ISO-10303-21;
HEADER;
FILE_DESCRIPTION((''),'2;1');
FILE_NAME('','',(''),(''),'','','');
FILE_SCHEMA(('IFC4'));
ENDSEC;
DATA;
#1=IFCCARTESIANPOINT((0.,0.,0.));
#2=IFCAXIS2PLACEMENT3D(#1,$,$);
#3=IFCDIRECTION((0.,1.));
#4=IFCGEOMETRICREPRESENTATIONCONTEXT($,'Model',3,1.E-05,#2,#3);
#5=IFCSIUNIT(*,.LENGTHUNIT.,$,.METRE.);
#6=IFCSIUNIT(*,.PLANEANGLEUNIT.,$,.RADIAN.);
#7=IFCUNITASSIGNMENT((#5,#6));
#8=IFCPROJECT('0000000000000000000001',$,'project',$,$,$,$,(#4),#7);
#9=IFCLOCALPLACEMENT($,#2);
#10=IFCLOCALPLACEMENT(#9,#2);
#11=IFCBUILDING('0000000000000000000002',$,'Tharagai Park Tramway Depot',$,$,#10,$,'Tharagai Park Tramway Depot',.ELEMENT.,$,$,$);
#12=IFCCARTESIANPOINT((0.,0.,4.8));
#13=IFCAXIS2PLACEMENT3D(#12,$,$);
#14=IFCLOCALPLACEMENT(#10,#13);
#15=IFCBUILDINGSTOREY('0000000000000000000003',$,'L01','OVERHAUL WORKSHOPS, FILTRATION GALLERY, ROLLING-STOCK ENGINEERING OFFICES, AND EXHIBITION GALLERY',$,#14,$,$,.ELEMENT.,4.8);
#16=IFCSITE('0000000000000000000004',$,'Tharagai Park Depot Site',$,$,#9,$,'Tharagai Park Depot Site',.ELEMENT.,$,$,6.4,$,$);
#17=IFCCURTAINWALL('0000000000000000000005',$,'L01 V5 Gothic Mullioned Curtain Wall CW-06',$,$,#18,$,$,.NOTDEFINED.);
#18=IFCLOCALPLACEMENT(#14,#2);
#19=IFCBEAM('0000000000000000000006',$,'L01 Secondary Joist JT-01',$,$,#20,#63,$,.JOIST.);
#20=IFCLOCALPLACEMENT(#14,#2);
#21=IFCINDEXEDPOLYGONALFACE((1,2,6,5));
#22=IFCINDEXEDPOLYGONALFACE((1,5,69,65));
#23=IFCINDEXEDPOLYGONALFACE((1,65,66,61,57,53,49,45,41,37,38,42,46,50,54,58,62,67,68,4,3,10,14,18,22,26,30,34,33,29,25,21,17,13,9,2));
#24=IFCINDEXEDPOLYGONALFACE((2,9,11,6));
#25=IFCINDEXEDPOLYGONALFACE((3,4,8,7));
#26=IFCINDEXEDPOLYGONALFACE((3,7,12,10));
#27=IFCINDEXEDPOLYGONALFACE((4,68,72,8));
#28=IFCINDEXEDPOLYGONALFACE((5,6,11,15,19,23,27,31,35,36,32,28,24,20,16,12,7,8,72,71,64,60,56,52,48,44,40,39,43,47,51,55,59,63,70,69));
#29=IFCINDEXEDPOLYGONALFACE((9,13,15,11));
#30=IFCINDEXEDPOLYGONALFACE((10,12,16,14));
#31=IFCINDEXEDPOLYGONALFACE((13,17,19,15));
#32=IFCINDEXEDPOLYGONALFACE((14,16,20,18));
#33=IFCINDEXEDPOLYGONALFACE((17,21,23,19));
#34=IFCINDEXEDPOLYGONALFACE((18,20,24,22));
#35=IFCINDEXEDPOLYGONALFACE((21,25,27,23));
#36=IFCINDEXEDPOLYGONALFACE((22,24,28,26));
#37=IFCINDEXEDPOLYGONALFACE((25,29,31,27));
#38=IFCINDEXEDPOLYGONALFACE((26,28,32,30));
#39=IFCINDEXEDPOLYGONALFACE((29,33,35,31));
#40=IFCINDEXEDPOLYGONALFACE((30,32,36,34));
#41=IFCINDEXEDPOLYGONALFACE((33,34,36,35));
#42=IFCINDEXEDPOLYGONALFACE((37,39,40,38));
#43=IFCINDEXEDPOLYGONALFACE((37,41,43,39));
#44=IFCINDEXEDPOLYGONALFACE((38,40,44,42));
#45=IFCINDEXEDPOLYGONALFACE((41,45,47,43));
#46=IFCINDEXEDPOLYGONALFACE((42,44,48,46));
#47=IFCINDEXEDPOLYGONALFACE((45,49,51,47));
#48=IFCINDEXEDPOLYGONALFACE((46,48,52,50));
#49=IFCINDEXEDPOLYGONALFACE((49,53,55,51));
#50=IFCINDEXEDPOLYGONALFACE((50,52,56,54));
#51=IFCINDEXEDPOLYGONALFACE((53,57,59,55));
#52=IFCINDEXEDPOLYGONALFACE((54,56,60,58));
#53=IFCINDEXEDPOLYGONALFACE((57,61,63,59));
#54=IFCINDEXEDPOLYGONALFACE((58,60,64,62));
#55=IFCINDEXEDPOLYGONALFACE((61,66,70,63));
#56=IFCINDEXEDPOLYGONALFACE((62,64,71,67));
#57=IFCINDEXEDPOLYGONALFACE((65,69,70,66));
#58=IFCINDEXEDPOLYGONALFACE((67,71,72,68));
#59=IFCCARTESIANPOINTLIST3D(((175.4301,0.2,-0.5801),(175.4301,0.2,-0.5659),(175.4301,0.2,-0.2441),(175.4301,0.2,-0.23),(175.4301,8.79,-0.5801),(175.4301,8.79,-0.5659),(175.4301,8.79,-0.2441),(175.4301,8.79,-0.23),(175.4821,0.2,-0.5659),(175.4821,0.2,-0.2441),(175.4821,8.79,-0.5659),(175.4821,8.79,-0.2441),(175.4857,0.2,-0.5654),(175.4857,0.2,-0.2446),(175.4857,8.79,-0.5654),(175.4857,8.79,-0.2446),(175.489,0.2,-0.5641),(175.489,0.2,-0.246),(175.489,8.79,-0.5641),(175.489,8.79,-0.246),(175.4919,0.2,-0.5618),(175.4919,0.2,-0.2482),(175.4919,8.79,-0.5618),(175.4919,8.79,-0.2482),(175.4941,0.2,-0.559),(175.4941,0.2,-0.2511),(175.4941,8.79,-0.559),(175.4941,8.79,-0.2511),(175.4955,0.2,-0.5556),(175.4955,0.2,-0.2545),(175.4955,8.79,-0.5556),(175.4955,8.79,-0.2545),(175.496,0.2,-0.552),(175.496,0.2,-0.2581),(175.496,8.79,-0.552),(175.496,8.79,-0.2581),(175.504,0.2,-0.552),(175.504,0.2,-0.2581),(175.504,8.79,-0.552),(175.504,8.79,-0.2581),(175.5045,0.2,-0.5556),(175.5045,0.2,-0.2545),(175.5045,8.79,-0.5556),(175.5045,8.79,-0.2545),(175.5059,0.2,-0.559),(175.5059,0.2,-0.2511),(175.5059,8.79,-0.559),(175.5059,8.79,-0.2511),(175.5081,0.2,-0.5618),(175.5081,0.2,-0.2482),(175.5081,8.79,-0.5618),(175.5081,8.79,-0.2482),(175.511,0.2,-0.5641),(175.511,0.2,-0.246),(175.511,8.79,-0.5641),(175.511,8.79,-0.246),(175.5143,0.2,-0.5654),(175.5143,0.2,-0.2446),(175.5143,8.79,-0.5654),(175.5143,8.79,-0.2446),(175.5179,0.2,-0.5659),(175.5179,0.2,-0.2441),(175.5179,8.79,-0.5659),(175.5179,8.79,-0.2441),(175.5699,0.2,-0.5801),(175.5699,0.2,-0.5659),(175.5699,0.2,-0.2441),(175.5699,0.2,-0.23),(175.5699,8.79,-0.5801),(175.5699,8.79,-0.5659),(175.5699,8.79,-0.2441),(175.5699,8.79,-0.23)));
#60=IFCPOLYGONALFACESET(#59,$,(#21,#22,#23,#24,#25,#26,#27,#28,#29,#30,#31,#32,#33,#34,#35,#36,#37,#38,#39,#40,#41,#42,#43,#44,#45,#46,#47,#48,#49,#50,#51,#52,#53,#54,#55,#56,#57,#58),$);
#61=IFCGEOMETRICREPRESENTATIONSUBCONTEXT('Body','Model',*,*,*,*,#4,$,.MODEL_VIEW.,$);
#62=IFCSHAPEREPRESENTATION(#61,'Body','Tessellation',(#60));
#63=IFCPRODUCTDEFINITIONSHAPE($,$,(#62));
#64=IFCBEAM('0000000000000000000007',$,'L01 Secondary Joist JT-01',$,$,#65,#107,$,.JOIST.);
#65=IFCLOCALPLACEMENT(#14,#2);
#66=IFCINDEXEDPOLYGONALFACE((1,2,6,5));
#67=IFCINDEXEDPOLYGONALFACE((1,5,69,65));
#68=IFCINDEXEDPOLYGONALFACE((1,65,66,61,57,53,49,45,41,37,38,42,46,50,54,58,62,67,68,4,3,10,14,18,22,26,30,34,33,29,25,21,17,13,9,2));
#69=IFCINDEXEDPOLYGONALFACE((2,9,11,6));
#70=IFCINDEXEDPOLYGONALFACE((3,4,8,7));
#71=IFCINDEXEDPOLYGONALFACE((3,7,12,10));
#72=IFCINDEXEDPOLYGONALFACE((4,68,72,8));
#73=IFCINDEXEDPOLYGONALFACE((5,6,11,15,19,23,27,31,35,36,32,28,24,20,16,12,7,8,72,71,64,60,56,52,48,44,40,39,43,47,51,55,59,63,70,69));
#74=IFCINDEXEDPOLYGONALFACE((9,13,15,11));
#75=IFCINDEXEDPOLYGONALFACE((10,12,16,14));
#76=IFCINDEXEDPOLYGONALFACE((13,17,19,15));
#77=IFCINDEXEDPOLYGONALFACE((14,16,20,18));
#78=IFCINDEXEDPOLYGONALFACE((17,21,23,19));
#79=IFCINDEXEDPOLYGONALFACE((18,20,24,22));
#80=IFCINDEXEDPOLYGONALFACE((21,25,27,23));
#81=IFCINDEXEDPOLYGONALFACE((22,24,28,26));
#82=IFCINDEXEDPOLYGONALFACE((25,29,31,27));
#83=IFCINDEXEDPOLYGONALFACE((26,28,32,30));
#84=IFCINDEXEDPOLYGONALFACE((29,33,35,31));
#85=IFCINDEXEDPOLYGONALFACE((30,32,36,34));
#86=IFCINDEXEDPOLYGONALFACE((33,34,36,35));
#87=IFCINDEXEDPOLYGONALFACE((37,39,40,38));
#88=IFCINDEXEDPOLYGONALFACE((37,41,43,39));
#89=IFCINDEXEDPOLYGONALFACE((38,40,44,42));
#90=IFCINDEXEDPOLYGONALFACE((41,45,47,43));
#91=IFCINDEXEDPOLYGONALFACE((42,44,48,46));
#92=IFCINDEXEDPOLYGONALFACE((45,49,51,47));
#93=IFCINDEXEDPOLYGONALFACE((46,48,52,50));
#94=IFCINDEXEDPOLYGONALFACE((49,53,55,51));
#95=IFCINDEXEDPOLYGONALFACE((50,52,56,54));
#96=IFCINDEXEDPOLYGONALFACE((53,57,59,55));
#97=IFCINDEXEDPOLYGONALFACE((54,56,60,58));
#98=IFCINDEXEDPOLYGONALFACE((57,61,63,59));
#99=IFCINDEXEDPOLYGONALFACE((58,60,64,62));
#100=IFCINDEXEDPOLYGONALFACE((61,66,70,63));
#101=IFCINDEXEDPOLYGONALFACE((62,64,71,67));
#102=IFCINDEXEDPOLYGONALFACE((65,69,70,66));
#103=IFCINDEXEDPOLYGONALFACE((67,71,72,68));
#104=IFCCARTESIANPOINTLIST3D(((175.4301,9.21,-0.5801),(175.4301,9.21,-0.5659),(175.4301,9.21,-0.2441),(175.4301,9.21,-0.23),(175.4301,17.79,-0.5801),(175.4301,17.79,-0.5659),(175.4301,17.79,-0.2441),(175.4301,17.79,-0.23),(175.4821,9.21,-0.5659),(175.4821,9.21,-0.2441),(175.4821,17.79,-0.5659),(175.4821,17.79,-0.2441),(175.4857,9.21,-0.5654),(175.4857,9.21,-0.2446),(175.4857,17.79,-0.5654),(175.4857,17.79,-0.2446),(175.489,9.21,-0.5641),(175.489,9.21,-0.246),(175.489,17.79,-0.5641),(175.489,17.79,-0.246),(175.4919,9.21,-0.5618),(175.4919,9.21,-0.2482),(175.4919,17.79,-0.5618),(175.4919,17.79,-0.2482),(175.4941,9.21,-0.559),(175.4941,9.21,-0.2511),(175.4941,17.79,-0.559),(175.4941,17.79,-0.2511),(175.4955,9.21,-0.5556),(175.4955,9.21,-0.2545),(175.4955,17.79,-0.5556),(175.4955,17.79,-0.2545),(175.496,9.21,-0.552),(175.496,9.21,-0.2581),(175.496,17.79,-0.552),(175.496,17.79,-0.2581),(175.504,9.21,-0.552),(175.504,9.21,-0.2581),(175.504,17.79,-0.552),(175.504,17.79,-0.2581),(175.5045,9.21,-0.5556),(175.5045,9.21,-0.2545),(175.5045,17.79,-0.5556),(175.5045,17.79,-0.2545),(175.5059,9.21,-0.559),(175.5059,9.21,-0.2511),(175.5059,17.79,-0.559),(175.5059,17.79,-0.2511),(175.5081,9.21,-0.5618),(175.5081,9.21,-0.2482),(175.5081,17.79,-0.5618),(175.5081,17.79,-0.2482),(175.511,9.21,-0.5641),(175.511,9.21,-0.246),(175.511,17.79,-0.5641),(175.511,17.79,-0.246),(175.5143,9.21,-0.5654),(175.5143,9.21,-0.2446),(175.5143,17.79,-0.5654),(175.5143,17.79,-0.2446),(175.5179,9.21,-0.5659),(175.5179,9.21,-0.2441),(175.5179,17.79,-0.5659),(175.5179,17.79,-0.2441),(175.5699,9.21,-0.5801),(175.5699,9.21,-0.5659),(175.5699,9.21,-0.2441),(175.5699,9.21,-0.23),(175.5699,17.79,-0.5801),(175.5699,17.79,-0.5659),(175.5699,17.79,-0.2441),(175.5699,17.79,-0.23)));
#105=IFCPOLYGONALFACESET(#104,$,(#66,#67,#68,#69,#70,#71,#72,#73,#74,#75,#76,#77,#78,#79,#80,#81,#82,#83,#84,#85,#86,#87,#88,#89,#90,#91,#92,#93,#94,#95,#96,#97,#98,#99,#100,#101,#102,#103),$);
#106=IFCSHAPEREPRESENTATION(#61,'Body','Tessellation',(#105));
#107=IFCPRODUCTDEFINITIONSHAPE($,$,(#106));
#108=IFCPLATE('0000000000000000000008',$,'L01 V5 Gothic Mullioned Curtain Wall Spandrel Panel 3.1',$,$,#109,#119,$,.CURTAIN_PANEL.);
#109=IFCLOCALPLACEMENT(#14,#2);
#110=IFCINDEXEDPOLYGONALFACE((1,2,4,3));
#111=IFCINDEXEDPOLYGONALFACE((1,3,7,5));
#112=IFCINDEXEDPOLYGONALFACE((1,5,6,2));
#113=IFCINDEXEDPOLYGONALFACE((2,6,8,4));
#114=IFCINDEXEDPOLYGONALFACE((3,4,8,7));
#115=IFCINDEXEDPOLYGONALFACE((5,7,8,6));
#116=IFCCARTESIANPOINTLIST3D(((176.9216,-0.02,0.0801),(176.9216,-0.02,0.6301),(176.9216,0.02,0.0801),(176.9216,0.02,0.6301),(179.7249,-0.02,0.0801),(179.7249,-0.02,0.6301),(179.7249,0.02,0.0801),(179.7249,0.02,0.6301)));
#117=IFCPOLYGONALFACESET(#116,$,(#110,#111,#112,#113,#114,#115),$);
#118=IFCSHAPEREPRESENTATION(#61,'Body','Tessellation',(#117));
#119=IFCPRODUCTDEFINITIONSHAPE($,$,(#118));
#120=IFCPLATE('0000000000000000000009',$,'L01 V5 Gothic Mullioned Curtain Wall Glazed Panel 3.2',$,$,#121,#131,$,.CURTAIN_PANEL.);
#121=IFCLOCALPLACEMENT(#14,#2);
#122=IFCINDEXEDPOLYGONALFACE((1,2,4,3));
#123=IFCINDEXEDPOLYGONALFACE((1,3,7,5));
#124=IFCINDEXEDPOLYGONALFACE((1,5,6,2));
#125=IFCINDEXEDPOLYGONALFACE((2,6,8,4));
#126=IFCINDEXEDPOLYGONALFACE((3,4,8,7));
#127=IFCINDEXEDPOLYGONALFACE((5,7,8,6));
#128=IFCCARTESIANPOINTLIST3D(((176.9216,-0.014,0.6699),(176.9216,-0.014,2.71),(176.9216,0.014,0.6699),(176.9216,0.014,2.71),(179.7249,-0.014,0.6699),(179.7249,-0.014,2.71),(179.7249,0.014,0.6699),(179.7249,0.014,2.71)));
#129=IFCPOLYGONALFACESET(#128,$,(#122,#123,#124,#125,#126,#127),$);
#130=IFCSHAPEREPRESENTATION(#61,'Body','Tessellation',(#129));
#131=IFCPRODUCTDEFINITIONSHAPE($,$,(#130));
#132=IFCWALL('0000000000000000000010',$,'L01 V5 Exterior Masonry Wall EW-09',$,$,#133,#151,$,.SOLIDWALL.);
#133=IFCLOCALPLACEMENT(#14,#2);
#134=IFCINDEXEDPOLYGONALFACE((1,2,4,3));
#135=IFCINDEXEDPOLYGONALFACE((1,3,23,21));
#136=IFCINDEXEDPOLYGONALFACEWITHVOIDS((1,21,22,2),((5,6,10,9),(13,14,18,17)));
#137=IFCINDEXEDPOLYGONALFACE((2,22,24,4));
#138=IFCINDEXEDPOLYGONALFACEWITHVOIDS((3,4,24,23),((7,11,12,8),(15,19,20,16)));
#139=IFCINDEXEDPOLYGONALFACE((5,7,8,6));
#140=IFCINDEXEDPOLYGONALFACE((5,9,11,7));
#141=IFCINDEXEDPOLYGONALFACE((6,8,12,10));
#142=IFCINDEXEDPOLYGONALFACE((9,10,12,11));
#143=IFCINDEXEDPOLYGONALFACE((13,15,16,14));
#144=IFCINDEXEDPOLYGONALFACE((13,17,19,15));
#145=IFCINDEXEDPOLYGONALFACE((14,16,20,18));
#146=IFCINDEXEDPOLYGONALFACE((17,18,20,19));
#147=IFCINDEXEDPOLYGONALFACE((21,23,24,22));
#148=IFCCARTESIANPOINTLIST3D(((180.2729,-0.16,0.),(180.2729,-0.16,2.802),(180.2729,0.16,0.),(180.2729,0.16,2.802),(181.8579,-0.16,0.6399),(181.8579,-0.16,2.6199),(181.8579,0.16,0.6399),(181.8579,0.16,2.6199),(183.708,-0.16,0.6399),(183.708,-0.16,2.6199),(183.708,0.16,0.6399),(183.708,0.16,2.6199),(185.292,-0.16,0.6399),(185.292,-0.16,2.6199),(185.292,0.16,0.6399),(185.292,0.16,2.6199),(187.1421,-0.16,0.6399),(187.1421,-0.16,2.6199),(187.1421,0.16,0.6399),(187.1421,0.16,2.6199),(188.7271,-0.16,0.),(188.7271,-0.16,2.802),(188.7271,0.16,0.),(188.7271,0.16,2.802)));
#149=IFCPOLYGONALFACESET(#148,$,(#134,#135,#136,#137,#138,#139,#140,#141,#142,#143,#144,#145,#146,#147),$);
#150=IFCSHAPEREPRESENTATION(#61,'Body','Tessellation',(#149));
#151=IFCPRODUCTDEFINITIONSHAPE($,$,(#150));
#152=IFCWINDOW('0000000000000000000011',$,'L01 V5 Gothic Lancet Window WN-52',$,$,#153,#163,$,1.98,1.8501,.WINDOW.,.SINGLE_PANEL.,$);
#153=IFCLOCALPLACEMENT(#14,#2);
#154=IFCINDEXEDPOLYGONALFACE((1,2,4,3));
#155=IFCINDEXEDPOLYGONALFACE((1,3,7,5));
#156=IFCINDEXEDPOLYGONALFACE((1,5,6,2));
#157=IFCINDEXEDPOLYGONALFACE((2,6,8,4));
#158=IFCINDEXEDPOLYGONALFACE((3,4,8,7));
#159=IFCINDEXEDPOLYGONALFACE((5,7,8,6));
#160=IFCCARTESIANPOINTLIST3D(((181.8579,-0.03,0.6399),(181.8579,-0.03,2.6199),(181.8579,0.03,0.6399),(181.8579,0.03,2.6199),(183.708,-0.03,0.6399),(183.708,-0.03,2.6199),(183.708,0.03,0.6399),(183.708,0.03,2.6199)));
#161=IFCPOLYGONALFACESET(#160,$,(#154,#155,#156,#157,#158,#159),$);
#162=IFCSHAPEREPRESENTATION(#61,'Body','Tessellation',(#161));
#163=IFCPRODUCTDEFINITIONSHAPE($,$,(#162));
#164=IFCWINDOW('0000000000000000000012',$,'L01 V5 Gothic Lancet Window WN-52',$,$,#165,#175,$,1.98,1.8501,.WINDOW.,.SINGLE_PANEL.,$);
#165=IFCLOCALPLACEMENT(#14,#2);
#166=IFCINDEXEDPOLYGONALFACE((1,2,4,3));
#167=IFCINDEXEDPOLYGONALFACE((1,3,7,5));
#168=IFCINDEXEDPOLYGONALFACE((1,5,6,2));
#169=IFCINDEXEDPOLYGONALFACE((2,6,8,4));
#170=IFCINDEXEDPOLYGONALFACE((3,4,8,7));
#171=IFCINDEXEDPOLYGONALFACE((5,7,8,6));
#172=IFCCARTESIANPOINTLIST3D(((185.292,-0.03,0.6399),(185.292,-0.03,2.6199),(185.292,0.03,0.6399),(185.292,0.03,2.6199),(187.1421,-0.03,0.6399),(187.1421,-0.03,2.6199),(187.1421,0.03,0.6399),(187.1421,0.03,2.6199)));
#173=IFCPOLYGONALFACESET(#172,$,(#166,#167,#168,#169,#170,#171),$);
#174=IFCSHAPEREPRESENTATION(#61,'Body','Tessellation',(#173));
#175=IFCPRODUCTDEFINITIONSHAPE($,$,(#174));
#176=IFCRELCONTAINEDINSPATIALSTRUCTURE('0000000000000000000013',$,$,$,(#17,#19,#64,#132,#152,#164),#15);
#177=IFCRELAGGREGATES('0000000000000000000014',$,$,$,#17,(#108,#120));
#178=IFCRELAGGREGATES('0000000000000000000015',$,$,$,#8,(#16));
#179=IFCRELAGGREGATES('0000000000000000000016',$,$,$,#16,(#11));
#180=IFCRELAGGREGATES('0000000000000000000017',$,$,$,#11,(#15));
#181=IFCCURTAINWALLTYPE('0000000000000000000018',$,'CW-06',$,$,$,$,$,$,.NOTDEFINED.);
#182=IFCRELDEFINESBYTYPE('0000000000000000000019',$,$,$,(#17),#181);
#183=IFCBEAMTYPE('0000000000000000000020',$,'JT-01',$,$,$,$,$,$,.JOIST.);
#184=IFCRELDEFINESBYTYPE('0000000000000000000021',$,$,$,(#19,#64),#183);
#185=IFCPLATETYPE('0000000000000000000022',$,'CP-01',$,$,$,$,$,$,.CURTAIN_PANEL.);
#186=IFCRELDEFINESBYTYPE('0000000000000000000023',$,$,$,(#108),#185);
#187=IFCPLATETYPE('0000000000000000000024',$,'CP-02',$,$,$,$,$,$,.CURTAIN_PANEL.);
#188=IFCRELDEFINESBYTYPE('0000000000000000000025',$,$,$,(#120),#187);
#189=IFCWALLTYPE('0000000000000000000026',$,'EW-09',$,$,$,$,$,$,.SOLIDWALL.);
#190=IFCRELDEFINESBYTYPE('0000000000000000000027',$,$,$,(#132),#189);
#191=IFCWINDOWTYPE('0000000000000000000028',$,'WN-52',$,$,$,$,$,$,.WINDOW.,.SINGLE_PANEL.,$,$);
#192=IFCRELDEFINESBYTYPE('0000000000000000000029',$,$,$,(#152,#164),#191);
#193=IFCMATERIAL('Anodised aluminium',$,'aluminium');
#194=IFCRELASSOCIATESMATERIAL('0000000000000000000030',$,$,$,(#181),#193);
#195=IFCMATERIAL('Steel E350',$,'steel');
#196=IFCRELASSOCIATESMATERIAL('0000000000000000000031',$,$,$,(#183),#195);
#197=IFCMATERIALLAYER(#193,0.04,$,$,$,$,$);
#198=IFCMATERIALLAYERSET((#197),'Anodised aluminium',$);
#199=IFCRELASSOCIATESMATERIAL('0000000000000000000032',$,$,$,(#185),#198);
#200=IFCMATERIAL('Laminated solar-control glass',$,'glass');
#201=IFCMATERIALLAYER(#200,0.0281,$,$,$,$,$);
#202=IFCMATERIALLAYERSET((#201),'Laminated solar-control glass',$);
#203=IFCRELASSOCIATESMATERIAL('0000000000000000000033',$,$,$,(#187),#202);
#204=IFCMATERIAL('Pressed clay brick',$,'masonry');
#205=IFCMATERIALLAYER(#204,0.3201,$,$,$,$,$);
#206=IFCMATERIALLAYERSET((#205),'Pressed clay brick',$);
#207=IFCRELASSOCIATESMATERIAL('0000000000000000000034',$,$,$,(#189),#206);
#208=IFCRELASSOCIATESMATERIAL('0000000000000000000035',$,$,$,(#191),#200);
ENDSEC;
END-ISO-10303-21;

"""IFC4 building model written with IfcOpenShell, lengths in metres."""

from ifc_helpers import new_model, si_unit, direction, frame, frame_2d, origin, origin_2d, place, context, subcontext, project, spatial, rectangle, i_section, extrude, material, layer, layer_set, material_profile, profile_set, type_object, element, fill, aggregate, save


model = new_model("IFC4")

# Units and contexts
model_context = context("Model", 3, precision=1e-05, world=origin(), true_north=direction((0.0, 1.0)))
body_context = subcontext(model_context, "Body", "Model", "MODEL_VIEW")
ifc_project = project(units=[si_unit("LENGTHUNIT", "METRE"), si_unit("PLANEANGLEUNIT", "RADIAN")], contexts=[model_context])

# Site, building, storey
site_placement = place(None, origin())
site = spatial("IfcSite", under=ifc_project, at=site_placement, Name="Tharagai Park Depot Site", LongName="Tharagai Park Depot Site", CompositionType="ELEMENT", RefElevation=6.4)
building_placement = place(site_placement, origin())
building = spatial("IfcBuilding", under=site, at=building_placement, Name="Tharagai Park Tramway Depot", LongName="Tharagai Park Tramway Depot", CompositionType="ELEMENT")
storey_placement = place(building_placement, frame((0.0, 0.0, 4.8)))
storey = spatial("IfcBuildingStorey", under=building, at=storey_placement, Name="L01", Description="OVERHAUL WORKSHOPS, FILTRATION GALLERY, ROLLING-STOCK ENGINEERING OFFICES, AND EXHIBITION GALLERY", CompositionType="ELEMENT", Elevation=4.8)

# Curtain wall
ifc_material_1 = material(Name="Anodised aluminium", Category="aluminium")
curtain_wall_type = type_object("IfcCurtainWallType", Name="CW-06", PredefinedType="NOTDEFINED", material=ifc_material_1)
curtain_wall_placement = place(storey_placement, origin())
curtain_wall = element("IfcCurtainWall", 1, at=curtain_wall_placement, inside=storey, type_object=curtain_wall_type, Name="L01 V5 Gothic Mullioned Curtain Wall CW-06", PredefinedType="NOTDEFINED")

# Beams
ifc_material_2 = material(Name="Steel E350", Category="steel")
ifc_material_profile_1 = material_profile(ifc_material_2, i_section(OverallWidth=0.1399, OverallDepth=0.3501, WebThickness=0.0081, FlangeThickness=0.0142, FilletRadius=0.0139, at=origin_2d()), Name="ISMB 350")
ifc_profile_set_1 = profile_set([ifc_material_profile_1], Name="Steel E350")
beam_type_1 = type_object("IfcBeamType", Name="JT-01", PredefinedType="JOIST", material=ifc_profile_set_1)
beam_1_placement = place(storey_placement, frame((175.5, 0.2, -0.405), z_axis=(0.0, 1.0, 0.0), x_axis=(-1.0, 0.0, 0.0)))
element("IfcBeam", 2, at=beam_1_placement, inside=storey, type_object=beam_type_1, Name="L01 Secondary Joist JT-01", PredefinedType="JOIST", context=body_context, shape_type="SweptSolid", body=[
    extrude(i_section(OverallWidth=0.1399, OverallDepth=0.3501, WebThickness=0.0081, FlangeThickness=0.0142, FilletRadius=0.0139, at=origin_2d()), origin(), (0.0, 0.0, 1.0), 8.5901),
])
beam_2_placement = place(storey_placement, frame((175.5, 9.21, -0.405), z_axis=(0.0, 1.0, 0.0), x_axis=(-1.0, 0.0, 0.0)))
element("IfcBeam", 3, at=beam_2_placement, inside=storey, type_object=beam_type_1, Name="L01 Secondary Joist JT-01", PredefinedType="JOIST", context=body_context, shape_type="SweptSolid", body=[
    extrude(i_section(OverallWidth=0.1399, OverallDepth=0.3501, WebThickness=0.0081, FlangeThickness=0.0142, FilletRadius=0.0139, at=origin_2d()), origin(), (0.0, 0.0, 1.0), 8.5801),
])

# Plates
ifc_layer_1 = layer(ifc_material_1, 0.04)
ifc_layer_set_1 = layer_set([ifc_layer_1], Name="Anodised aluminium")
plate_type_1 = type_object("IfcPlateType", Name="CP-01", PredefinedType="CURTAIN_PANEL", material=ifc_layer_set_1)
plate_1_placement = place(storey_placement, frame((178.3232, 0.0, 0.0801), z_axis=(0.0, 0.0, 1.0), x_axis=(1.0, 0.0, 0.0)))
plate_1 = element("IfcPlate", 4, at=plate_1_placement, type_object=plate_type_1, Name="L01 V5 Gothic Mullioned Curtain Wall Spandrel Panel 3.1", PredefinedType="CURTAIN_PANEL", context=body_context, shape_type="SweptSolid", body=[
    extrude(rectangle(XDim=2.8032, YDim=0.04, at=origin_2d()), origin(), (0.0, 0.0, 1.0), 0.55),
])
ifc_material_3 = material(Name="Laminated solar-control glass", Category="glass")
ifc_layer_2 = layer(ifc_material_3, 0.0281)
ifc_layer_set_2 = layer_set([ifc_layer_2], Name="Laminated solar-control glass")
plate_type_2 = type_object("IfcPlateType", Name="CP-02", PredefinedType="CURTAIN_PANEL", material=ifc_layer_set_2)
plate_2_placement = place(storey_placement, frame((178.3232, 0.0, 0.6699), z_axis=(0.0, 0.0, 1.0), x_axis=(1.0, 0.0, 0.0)))
plate_2 = element("IfcPlate", 5, at=plate_2_placement, type_object=plate_type_2, Name="L01 V5 Gothic Mullioned Curtain Wall Glazed Panel 3.2", PredefinedType="CURTAIN_PANEL", context=body_context, shape_type="SweptSolid", body=[
    extrude(rectangle(XDim=2.8032, YDim=0.0281, at=origin_2d()), origin(), (0.0, 0.0, 1.0), 2.04),
])
aggregate(curtain_wall, [plate_1, plate_2])

# Wall, openings, windows
ifc_material_4 = material(Name="Pressed clay brick", Category="masonry")
ifc_layer_3 = layer(ifc_material_4, 0.3201)
ifc_layer_set_3 = layer_set([ifc_layer_3], Name="Pressed clay brick")
wall_type_1 = type_object("IfcWallType", Name="EW-09", PredefinedType="SOLIDWALL", material=ifc_layer_set_3)
wall_placement = place(storey_placement, frame((180.2729, 0.0, 0.0), z_axis=(0.0, 0.0, 1.0), x_axis=(1.0, 0.0, 0.0)))
wall = element("IfcWall", 6, at=wall_placement, inside=storey, type_object=wall_type_1, Name="L01 V5 Exterior Masonry Wall EW-09", PredefinedType="SOLIDWALL", context=body_context, shape_type="SweptSolid", body=[
    extrude(rectangle(XDim=8.4541, YDim=0.3201, at=frame_2d((4.2271, 0.0))), origin(), (0.0, 0.0, 1.0), 2.802),
])
opening_1_placement = place(wall_placement, frame((1.585, 0.0, 0.6399)))
opening_1 = element("IfcOpeningElement", 7, at=opening_1_placement, cuts=wall, PredefinedType="OPENING", context=body_context, shape_type="SweptSolid", body=[
    extrude(rectangle(XDim=1.8501, YDim=1.98, at=frame_2d((0.925, 0.99))), frame((0.0, 0.1699, 0.0), z_axis=(0.0, -1.0, 0.0), x_axis=(1.0, 0.0, 0.0)), (0.0, 0.0, 1.0), 0.3401),
])
opening_2_placement = place(wall_placement, frame((5.019, 0.0, 0.6399)))
opening_2 = element("IfcOpeningElement", 8, at=opening_2_placement, cuts=wall, PredefinedType="OPENING", context=body_context, shape_type="SweptSolid", body=[
    extrude(rectangle(XDim=1.8501, YDim=1.98, at=frame_2d((0.925, 0.99))), frame((0.0, 0.1699, 0.0), z_axis=(0.0, -1.0, 0.0), x_axis=(1.0, 0.0, 0.0)), (0.0, 0.0, 1.0), 0.3401),
])
window_type = type_object("IfcWindowType", Name="WN-52", PartitioningType="SINGLE_PANEL", PredefinedType="WINDOW", material=ifc_material_3)
window_1_placement = place(opening_1_placement, origin())
window_1 = element("IfcWindow", 9, at=window_1_placement, inside=storey, type_object=window_type, Name="L01 V5 Gothic Lancet Window WN-52", OverallHeight=1.98, OverallWidth=1.8501, PartitioningType="SINGLE_PANEL", PredefinedType="WINDOW", context=body_context, shape_type="SweptSolid", body=[
    extrude(rectangle(XDim=1.8501, YDim=1.98, at=frame_2d((0.925, 0.99))), frame((0.0, 0.03, 0.0), z_axis=(0.0, -1.0, 0.0), x_axis=(1.0, 0.0, 0.0)), (0.0, 0.0, 1.0), 0.0601),
])
fill(opening_1, window_1)
window_2_placement = place(opening_2_placement, origin())
window_2 = element("IfcWindow", 10, at=window_2_placement, inside=storey, type_object=window_type, Name="L01 V5 Gothic Lancet Window WN-52", OverallHeight=1.98, OverallWidth=1.8501, PartitioningType="SINGLE_PANEL", PredefinedType="WINDOW", context=body_context, shape_type="SweptSolid", body=[
    extrude(rectangle(XDim=1.8501, YDim=1.98, at=frame_2d((0.925, 0.99))), frame((0.0, 0.03, 0.0), z_axis=(0.0, -1.0, 0.0), x_axis=(1.0, 0.0, 0.0)), (0.0, 0.0, 1.0), 0.0601),
])
fill(opening_2, window_2)

save(model, "model.ifc")
